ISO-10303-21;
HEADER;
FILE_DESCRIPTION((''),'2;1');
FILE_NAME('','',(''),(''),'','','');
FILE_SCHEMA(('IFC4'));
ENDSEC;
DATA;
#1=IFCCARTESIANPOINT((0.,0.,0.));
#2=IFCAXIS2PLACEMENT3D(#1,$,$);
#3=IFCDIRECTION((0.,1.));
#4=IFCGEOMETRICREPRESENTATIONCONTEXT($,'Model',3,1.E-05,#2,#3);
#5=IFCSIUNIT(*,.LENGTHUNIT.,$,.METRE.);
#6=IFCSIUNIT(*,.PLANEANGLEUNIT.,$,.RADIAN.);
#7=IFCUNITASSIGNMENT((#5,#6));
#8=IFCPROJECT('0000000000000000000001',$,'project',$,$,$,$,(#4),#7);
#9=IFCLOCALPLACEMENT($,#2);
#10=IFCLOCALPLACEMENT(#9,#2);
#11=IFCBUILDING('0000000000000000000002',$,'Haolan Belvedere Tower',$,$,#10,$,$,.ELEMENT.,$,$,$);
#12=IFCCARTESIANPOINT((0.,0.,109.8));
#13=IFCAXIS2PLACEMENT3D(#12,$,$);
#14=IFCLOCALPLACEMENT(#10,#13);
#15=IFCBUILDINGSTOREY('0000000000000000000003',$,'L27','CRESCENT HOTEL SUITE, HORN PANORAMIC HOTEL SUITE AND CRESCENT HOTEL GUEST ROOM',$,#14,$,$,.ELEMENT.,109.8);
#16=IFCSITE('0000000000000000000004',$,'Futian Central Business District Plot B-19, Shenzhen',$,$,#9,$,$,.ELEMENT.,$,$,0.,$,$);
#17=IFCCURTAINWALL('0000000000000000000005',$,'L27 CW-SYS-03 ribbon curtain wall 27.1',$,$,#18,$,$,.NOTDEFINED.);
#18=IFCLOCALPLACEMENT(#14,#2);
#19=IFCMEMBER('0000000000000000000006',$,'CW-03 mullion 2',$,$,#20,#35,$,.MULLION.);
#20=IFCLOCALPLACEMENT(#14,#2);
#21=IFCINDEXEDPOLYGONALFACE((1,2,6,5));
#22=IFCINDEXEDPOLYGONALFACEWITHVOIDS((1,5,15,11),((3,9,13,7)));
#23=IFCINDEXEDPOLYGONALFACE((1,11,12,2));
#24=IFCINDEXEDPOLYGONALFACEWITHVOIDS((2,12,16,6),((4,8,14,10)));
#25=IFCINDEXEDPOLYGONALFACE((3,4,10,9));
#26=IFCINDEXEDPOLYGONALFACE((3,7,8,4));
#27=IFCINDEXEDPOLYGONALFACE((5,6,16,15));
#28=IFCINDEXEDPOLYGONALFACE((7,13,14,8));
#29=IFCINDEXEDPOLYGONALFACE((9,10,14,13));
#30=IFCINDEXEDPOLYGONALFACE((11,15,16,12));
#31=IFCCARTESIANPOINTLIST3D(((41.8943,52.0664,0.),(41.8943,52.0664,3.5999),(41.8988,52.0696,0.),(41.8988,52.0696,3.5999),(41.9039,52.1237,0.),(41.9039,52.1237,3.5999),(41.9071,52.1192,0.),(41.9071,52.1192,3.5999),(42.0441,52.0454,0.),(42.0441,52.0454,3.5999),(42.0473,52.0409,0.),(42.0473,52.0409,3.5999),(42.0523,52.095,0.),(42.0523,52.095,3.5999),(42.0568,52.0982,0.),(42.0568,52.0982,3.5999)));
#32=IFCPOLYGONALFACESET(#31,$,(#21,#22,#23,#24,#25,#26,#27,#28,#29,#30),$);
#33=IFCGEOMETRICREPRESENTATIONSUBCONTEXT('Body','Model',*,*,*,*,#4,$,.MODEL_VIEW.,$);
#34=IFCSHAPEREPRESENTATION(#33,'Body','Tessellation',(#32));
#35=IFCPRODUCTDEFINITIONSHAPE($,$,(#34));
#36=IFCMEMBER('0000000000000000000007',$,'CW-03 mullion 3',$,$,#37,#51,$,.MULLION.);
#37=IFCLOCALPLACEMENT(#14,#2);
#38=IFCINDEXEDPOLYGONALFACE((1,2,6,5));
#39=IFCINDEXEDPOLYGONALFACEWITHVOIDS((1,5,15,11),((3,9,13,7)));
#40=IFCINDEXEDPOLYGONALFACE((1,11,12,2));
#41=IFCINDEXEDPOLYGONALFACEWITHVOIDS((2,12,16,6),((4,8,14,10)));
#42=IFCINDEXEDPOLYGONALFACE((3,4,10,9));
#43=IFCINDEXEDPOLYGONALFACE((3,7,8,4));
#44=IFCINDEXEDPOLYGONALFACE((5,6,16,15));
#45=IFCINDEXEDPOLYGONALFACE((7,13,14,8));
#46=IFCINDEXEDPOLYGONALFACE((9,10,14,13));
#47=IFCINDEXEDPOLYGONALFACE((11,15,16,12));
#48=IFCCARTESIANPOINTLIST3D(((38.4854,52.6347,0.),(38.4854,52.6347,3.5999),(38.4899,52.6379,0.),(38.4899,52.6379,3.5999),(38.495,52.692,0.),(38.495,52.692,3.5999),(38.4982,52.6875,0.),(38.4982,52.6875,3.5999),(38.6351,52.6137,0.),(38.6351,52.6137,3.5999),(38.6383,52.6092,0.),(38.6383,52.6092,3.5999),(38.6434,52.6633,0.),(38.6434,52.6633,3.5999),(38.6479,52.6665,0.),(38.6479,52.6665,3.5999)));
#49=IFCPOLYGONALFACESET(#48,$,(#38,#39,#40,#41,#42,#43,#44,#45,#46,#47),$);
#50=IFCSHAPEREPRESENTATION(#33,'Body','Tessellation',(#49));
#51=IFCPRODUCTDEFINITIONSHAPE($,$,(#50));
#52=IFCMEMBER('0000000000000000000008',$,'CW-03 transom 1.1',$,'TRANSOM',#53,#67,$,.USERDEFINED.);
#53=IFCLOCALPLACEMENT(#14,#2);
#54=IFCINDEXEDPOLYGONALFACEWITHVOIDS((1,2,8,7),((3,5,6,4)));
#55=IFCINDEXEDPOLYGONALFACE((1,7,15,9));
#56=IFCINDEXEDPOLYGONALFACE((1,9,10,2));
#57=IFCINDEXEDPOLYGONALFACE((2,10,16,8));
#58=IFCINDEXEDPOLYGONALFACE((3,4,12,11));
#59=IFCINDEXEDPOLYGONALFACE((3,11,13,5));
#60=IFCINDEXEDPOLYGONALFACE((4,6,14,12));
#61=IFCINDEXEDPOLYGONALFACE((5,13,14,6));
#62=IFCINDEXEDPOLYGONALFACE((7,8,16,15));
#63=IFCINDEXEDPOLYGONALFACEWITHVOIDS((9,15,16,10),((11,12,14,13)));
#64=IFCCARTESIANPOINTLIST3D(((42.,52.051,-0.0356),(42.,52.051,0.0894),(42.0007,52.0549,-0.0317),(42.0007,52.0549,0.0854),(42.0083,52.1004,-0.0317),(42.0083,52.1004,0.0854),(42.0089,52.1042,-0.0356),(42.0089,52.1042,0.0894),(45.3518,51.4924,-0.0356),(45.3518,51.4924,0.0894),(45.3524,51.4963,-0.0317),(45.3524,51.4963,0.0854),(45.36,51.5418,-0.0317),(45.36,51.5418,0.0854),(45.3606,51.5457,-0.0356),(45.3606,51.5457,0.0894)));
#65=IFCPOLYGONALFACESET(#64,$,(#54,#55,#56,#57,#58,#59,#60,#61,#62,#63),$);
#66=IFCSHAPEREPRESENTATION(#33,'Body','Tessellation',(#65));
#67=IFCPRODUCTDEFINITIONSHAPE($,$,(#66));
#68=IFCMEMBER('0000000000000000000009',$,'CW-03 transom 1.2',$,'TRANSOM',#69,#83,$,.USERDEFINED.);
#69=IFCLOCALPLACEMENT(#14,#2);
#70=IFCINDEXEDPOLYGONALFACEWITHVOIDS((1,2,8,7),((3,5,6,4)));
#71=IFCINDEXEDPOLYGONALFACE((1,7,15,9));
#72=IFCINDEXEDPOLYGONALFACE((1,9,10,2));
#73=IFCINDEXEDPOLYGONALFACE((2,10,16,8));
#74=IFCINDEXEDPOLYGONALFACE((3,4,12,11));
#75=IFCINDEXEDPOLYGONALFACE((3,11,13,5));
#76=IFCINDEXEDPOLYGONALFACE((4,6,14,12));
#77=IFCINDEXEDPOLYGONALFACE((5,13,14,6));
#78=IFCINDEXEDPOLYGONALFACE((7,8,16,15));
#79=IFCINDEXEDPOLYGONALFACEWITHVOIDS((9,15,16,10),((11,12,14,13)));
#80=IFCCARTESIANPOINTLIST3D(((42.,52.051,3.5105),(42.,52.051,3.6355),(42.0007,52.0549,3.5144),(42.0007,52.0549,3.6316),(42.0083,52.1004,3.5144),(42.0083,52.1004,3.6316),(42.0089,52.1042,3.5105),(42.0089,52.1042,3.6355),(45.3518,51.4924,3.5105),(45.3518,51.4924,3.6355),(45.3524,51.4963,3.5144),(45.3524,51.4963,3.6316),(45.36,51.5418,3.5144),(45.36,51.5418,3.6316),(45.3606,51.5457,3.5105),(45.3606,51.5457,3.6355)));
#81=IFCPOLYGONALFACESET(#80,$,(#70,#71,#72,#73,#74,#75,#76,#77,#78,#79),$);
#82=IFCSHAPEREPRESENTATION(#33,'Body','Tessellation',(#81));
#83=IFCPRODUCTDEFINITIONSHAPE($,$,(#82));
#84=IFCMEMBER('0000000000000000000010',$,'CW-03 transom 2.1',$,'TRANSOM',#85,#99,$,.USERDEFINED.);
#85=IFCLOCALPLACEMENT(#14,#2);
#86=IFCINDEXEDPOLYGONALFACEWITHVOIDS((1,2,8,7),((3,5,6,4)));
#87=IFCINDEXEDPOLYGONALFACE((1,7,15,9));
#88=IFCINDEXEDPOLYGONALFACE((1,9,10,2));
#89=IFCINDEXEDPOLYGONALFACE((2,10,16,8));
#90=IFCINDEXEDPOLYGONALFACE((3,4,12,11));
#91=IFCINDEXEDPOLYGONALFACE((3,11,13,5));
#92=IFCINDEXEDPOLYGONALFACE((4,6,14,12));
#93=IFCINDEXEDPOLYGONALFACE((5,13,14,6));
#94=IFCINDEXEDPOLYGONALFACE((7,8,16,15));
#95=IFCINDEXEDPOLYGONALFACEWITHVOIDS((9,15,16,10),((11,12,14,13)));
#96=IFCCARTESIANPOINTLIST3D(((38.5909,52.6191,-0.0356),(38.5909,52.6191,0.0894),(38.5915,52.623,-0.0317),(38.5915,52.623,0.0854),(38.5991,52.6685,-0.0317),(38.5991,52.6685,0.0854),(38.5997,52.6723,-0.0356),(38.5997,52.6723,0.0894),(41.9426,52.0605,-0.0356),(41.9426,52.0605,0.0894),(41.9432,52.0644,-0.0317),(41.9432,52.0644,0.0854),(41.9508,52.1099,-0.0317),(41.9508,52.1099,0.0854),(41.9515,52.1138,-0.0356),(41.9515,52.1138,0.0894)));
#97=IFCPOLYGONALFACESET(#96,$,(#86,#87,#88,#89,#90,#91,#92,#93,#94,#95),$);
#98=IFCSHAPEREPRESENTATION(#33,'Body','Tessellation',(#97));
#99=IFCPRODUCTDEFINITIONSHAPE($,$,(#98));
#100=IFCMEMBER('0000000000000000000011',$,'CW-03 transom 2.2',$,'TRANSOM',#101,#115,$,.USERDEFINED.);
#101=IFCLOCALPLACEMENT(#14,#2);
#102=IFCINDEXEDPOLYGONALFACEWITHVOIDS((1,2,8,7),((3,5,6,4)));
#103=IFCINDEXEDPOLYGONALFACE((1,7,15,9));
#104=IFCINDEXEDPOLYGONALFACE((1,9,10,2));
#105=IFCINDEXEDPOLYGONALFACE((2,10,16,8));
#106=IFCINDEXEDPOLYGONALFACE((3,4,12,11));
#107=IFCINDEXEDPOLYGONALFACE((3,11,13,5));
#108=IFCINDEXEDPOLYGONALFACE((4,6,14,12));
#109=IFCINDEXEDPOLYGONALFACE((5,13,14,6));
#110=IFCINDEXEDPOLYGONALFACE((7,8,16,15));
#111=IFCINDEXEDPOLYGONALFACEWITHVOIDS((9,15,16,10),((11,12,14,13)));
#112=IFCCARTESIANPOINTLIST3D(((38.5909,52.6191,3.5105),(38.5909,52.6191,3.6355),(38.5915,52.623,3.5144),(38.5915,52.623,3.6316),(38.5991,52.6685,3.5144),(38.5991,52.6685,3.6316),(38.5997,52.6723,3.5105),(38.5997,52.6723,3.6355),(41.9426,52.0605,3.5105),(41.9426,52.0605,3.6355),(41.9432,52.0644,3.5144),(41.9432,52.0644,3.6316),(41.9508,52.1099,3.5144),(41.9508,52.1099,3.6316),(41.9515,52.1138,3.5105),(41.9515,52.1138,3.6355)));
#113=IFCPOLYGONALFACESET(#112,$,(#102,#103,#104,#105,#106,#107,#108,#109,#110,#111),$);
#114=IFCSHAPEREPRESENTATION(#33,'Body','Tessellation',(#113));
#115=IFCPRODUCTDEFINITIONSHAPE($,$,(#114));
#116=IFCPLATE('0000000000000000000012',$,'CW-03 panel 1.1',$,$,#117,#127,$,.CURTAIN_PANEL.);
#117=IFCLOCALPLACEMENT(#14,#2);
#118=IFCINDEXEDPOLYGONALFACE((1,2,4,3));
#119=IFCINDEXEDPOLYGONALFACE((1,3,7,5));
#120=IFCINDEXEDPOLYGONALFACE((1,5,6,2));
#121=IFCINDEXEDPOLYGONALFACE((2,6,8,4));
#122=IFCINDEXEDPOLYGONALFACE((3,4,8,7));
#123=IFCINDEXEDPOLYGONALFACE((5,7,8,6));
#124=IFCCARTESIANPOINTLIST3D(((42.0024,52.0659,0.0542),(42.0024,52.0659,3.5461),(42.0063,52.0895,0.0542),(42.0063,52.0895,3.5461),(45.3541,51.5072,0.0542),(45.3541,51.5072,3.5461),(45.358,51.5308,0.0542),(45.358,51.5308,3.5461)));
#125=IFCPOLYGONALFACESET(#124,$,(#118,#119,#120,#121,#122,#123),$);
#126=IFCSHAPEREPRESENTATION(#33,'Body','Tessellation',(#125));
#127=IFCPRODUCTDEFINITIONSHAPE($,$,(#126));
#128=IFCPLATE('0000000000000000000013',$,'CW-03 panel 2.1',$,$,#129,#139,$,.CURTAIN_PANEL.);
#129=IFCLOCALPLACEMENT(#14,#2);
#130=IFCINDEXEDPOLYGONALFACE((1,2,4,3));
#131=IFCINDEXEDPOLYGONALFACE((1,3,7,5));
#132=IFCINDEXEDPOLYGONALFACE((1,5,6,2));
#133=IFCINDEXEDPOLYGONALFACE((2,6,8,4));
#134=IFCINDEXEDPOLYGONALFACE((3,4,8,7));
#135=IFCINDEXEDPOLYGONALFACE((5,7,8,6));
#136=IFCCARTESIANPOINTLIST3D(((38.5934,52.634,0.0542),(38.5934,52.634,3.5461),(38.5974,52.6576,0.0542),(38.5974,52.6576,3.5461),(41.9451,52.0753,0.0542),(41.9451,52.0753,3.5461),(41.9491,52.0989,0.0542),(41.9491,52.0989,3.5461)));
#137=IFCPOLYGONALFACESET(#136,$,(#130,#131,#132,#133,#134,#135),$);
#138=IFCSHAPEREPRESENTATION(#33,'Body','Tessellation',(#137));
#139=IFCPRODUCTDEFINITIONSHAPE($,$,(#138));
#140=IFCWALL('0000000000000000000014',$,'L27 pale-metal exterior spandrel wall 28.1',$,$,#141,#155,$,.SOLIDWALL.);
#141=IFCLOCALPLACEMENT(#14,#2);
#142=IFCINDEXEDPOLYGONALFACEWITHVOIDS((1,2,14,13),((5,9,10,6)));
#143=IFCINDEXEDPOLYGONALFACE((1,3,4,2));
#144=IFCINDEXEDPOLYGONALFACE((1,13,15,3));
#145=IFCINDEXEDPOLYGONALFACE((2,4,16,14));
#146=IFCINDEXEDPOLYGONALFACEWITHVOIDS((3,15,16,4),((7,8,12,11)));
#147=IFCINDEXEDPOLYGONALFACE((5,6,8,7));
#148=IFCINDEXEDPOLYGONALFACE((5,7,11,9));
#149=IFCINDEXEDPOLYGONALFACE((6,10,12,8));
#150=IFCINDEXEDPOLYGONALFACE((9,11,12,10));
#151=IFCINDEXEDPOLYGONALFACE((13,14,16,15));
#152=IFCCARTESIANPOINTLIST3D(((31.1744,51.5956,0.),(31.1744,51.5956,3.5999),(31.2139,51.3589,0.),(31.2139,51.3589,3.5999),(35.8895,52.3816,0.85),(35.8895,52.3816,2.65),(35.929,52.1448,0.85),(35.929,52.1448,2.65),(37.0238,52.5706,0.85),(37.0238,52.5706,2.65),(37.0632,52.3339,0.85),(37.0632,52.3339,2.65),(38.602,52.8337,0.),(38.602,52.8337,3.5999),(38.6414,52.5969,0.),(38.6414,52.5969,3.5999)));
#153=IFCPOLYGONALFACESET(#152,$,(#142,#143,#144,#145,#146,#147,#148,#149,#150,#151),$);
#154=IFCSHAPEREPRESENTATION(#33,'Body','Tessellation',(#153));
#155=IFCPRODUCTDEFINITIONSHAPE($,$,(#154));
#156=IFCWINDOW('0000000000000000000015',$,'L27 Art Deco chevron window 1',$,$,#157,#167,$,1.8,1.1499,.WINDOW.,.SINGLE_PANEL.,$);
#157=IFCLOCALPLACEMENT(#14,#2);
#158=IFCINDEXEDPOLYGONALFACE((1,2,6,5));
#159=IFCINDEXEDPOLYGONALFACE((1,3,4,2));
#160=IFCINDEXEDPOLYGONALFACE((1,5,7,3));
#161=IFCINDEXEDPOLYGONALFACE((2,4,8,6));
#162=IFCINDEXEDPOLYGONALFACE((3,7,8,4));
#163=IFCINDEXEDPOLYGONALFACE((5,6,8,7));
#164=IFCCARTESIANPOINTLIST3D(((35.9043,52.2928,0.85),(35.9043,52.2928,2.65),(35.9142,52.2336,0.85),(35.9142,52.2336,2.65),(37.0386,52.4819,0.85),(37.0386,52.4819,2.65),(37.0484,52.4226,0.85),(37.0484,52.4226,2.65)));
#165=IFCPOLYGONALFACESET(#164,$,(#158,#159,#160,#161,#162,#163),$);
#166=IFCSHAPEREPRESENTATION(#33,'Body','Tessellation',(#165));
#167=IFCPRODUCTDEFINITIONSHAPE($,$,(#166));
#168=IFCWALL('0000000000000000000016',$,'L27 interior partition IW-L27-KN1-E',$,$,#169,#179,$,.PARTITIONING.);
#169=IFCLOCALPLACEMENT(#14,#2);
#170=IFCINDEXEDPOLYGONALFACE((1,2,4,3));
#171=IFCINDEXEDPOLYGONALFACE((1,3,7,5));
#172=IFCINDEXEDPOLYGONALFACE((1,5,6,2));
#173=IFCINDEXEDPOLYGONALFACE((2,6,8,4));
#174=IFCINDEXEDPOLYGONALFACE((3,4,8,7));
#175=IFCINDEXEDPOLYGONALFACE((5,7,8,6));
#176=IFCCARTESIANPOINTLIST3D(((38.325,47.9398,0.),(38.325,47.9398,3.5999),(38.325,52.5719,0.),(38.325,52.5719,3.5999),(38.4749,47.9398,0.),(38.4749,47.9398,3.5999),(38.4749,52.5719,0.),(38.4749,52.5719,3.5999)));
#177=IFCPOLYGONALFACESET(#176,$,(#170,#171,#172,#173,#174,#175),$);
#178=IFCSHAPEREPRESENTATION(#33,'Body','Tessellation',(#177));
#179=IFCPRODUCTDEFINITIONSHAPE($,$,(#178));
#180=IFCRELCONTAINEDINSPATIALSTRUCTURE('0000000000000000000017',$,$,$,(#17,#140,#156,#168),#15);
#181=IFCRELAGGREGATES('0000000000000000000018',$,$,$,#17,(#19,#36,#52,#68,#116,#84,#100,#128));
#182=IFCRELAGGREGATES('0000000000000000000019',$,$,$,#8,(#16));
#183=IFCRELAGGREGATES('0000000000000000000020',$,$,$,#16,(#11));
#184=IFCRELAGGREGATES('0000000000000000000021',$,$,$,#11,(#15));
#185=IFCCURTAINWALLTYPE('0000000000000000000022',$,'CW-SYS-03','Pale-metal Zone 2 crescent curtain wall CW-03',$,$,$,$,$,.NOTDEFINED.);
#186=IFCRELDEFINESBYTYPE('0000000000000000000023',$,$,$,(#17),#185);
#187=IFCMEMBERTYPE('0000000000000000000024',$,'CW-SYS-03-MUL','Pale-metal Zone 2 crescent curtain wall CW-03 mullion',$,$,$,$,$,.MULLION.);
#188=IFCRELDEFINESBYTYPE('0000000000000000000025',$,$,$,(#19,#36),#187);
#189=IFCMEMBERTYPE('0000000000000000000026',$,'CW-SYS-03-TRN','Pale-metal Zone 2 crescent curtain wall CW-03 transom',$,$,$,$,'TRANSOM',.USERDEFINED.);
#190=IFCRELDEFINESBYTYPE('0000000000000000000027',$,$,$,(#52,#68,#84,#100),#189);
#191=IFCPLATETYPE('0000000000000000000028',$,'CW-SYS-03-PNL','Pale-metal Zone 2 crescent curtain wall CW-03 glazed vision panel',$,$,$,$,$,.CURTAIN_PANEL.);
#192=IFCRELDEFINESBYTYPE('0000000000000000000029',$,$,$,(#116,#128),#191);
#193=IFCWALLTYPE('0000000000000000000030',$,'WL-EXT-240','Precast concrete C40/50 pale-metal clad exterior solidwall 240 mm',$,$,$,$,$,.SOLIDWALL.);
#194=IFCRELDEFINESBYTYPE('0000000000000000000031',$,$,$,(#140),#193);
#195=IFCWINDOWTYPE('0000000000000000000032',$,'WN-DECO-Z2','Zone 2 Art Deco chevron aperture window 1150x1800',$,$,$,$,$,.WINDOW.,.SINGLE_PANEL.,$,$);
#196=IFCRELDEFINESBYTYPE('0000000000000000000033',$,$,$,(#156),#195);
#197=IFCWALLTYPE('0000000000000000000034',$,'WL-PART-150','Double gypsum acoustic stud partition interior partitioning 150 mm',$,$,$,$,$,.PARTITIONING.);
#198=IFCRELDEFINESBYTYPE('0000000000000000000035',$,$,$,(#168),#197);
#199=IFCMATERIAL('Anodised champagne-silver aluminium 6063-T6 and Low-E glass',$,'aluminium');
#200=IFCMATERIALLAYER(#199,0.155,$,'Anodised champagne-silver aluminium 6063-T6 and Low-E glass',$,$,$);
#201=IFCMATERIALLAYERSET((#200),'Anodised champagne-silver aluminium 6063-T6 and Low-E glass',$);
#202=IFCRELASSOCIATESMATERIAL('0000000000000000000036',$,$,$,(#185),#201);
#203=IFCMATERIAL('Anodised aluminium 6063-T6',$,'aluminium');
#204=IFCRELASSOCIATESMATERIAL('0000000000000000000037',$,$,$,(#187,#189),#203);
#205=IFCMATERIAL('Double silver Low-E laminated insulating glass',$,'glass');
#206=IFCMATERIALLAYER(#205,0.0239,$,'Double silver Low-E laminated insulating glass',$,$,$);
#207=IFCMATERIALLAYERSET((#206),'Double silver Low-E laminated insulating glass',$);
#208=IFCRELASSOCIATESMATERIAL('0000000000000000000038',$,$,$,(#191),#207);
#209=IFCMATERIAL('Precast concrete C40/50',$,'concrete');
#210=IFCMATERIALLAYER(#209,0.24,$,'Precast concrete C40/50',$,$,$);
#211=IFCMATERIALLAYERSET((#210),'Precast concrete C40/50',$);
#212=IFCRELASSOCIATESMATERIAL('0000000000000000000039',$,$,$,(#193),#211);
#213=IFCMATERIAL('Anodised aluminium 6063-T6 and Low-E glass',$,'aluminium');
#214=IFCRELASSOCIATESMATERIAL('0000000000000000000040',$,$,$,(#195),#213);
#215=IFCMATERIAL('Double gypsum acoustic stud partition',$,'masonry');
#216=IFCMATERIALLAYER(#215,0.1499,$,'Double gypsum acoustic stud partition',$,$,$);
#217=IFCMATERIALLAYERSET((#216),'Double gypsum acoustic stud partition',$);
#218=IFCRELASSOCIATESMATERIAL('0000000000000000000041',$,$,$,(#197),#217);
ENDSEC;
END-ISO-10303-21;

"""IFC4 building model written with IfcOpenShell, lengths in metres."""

from ifc_helpers import new_model, si_unit, direction, frame, frame_2d, origin, origin_2d, place, context, subcontext, project, spatial, rectangle, hollow_rectangle, extrude, material, layer, layer_set, material_profile, profile_set, type_object, element, fill, aggregate, save


model = new_model("IFC4")

# Units and contexts
model_context = context("Model", 3, precision=1e-05, world=origin(), true_north=direction((0.0, 1.0)))
body_context = subcontext(model_context, "Body", "Model", "MODEL_VIEW")
ifc_project = project(units=[si_unit("LENGTHUNIT", "METRE"), si_unit("PLANEANGLEUNIT", "RADIAN")], contexts=[model_context])

# Site, building, storey
site_placement = place(None, origin())
site = spatial("IfcSite", under=ifc_project, at=site_placement, Name="Futian Central Business District Plot B-19, Shenzhen", CompositionType="ELEMENT", RefElevation=0.0)
building_placement = place(site_placement, origin())
building = spatial("IfcBuilding", under=site, at=building_placement, Name="Haolan Belvedere Tower", CompositionType="ELEMENT")
storey_placement = place(building_placement, frame((0.0, 0.0, 109.8)))
storey = spatial("IfcBuildingStorey", under=building, at=storey_placement, Name="L27", Description="CRESCENT HOTEL SUITE, HORN PANORAMIC HOTEL SUITE AND CRESCENT HOTEL GUEST ROOM", CompositionType="ELEMENT", Elevation=109.8)

# Curtain wall, members, plates
ifc_material_1 = material(Name="Anodised champagne-silver aluminium 6063-T6 and Low-E glass", Category="aluminium")
ifc_layer_1 = layer(ifc_material_1, 0.155, Name="Anodised champagne-silver aluminium 6063-T6 and Low-E glass")
ifc_layer_set_1 = layer_set([ifc_layer_1], Name="Anodised champagne-silver aluminium 6063-T6 and Low-E glass")
curtain_wall_type = type_object("IfcCurtainWallType", Name="CW-SYS-03", Description="Pale-metal Zone 2 crescent curtain wall CW-03", PredefinedType="NOTDEFINED", material=ifc_layer_set_1)
curtain_wall_placement = place(storey_placement, origin())
curtain_wall = element("IfcCurtainWall", 1, at=curtain_wall_placement, inside=storey, type_object=curtain_wall_type, Name="L27 CW-SYS-03 ribbon curtain wall 27.1", PredefinedType="NOTDEFINED")
ifc_material_2 = material(Name="Anodised aluminium 6063-T6", Category="aluminium")
ifc_material_profile_1 = material_profile(ifc_material_2, hollow_rectangle(XDim=0.0581, YDim=0.155, WallThickness=0.0039, at=origin_2d()), Name="Anodised aluminium 6063-T6")
ifc_profile_set_1 = profile_set([ifc_material_profile_1], Name="Anodised aluminium 6063-T6")
member_type_1 = type_object("IfcMemberType", Name="CW-SYS-03-MUL", Description="Pale-metal Zone 2 crescent curtain wall CW-03 mullion", PredefinedType="MULLION", material=ifc_profile_set_1)
member_1_placement = place(storey_placement, frame((41.9756, 52.0823, 0.0), z_axis=(0.0, 0.0, 1.0), x_axis=(-0.164404, -0.986393, 0.0)))
member_1 = element("IfcMember", 2, at=member_1_placement, type_object=member_type_1, Name="CW-03 mullion 2", PredefinedType="MULLION", context=body_context, shape_type="SweptSolid", body=[
    extrude(hollow_rectangle(XDim=0.0581, YDim=0.155, WallThickness=0.0039, at=origin_2d()), origin(), (0.0, 0.0, 1.0), 3.5999),
])
member_2_placement = place(storey_placement, frame((38.5667, 52.6506, 0.0), z_axis=(0.0, 0.0, 1.0), x_axis=(-0.164404, -0.986393, 0.0)))
member_2 = element("IfcMember", 3, at=member_2_placement, type_object=member_type_1, Name="CW-03 mullion 3", PredefinedType="MULLION", context=body_context, shape_type="SweptSolid", body=[
    extrude(hollow_rectangle(XDim=0.0581, YDim=0.155, WallThickness=0.0039, at=origin_2d()), origin(), (0.0, 0.0, 1.0), 3.5999),
])
ifc_material_profile_2 = material_profile(ifc_material_2, hollow_rectangle(XDim=0.054, YDim=0.125, WallThickness=0.0039, at=origin_2d()), Name="Anodised aluminium 6063-T6")
ifc_profile_set_2 = profile_set([ifc_material_profile_2], Name="Anodised aluminium 6063-T6")
member_type_2 = type_object("IfcMemberType", Name="CW-SYS-03-TRN", Description="Pale-metal Zone 2 crescent curtain wall CW-03 transom", ElementType="TRANSOM", PredefinedType="USERDEFINED", material=ifc_profile_set_2)
member_3_placement = place(storey_placement, frame((45.3562, 51.519, 0.0269), z_axis=(-0.986396, 0.164387, 0.0), x_axis=(-0.164387, -0.986396, 0.0)))
member_3 = element("IfcMember", 4, at=member_3_placement, type_object=member_type_2, Name="CW-03 transom 1.1", ObjectType="TRANSOM", PredefinedType="USERDEFINED", context=body_context, shape_type="SweptSolid", body=[
    extrude(hollow_rectangle(XDim=0.054, YDim=0.125, WallThickness=0.0039, at=origin_2d()), origin(), (0.0, 0.0, 1.0), 3.3979),
])
member_4_placement = place(storey_placement, frame((45.3562, 51.519, 3.573), z_axis=(-0.986396, 0.164387, 0.0), x_axis=(-0.164387, -0.986396, 0.0)))
member_4 = element("IfcMember", 5, at=member_4_placement, type_object=member_type_2, Name="CW-03 transom 1.2", ObjectType="TRANSOM", PredefinedType="USERDEFINED", context=body_context, shape_type="SweptSolid", body=[
    extrude(hollow_rectangle(XDim=0.054, YDim=0.125, WallThickness=0.0039, at=origin_2d()), origin(), (0.0, 0.0, 1.0), 3.3979),
])
member_5_placement = place(storey_placement, frame((41.947, 52.0872, 0.0269), z_axis=(-0.986396, 0.164387, 0.0), x_axis=(-0.164387, -0.986396, 0.0)))
member_5 = element("IfcMember", 6, at=member_5_placement, type_object=member_type_2, Name="CW-03 transom 2.1", ObjectType="TRANSOM", PredefinedType="USERDEFINED", context=body_context, shape_type="SweptSolid", body=[
    extrude(hollow_rectangle(XDim=0.054, YDim=0.125, WallThickness=0.0039, at=origin_2d()), origin(), (0.0, 0.0, 1.0), 3.3979),
])
member_6_placement = place(storey_placement, frame((41.947, 52.0872, 3.573), z_axis=(-0.986396, 0.164387, 0.0), x_axis=(-0.164387, -0.986396, 0.0)))
member_6 = element("IfcMember", 7, at=member_6_placement, type_object=member_type_2, Name="CW-03 transom 2.2", ObjectType="TRANSOM", PredefinedType="USERDEFINED", context=body_context, shape_type="SweptSolid", body=[
    extrude(hollow_rectangle(XDim=0.054, YDim=0.125, WallThickness=0.0039, at=origin_2d()), origin(), (0.0, 0.0, 1.0), 3.3979),
])
ifc_material_3 = material(Name="Double silver Low-E laminated insulating glass", Category="glass")
ifc_layer_2 = layer(ifc_material_3, 0.0239, Name="Double silver Low-E laminated insulating glass")
ifc_layer_set_2 = layer_set([ifc_layer_2], Name="Double silver Low-E laminated insulating glass")
plate_type = type_object("IfcPlateType", Name="CW-SYS-03-PNL", Description="Pale-metal Zone 2 crescent curtain wall CW-03 glazed vision panel", PredefinedType="CURTAIN_PANEL", material=ifc_layer_set_2)
plate_1_placement = place(storey_placement, frame((43.6802, 51.7983, 0.0542), z_axis=(0.0, 0.0, 1.0), x_axis=(-0.986393, 0.164404, 0.0)))
plate_1 = element("IfcPlate", 8, at=plate_1_placement, type_object=plate_type, Name="CW-03 panel 1.1", PredefinedType="CURTAIN_PANEL", context=body_context, shape_type="SweptSolid", body=[
    extrude(rectangle(XDim=3.3979, YDim=0.0239, at=origin_2d()), origin(), (0.0, 0.0, 1.0), 3.4919),
])
plate_2_placement = place(storey_placement, frame((40.2712, 52.3665, 0.0542), z_axis=(0.0, 0.0, 1.0), x_axis=(-0.986393, 0.164404, 0.0)))
plate_2 = element("IfcPlate", 9, at=plate_2_placement, type_object=plate_type, Name="CW-03 panel 2.1", PredefinedType="CURTAIN_PANEL", context=body_context, shape_type="SweptSolid", body=[
    extrude(rectangle(XDim=3.3979, YDim=0.0239, at=origin_2d()), origin(), (0.0, 0.0, 1.0), 3.4919),
])
aggregate(curtain_wall, [member_1, member_2, member_3, member_4, plate_1, member_5, member_6, plate_2])

# Wall, opening, window
ifc_material_4 = material(Name="Precast concrete C40/50", Category="concrete")
ifc_layer_3 = layer(ifc_material_4, 0.24, Name="Precast concrete C40/50")
ifc_layer_set_3 = layer_set([ifc_layer_3], Name="Precast concrete C40/50")
wall_type_1 = type_object("IfcWallType", Name="WL-EXT-240", Description="Precast concrete C40/50 pale-metal clad exterior solidwall 240 mm", PredefinedType="SOLIDWALL", material=ifc_layer_set_3)
wall_1_placement = place(storey_placement, frame((38.6218, 52.7153, 0.0), z_axis=(0.0, 0.0, 1.0), x_axis=(-0.986391, -0.164415, 0.0)))
wall_1 = element("IfcWall", 10, at=wall_1_placement, inside=storey, type_object=wall_type_1, Name="L27 pale-metal exterior spandrel wall 28.1", PredefinedType="SOLIDWALL", context=body_context, shape_type="SweptSolid", body=[
    extrude(rectangle(XDim=7.53, YDim=0.24, at=frame_2d((3.7651, 0.0))), origin(), (0.0, 0.0, 1.0), 3.5999),
])
opening_1_placement = place(wall_1_placement, frame((1.6001, 0.0, 0.8501)))
opening_1 = element("IfcOpeningElement", 11, at=opening_1_placement, cuts=wall_1, PredefinedType="OPENING", context=body_context, shape_type="SweptSolid", body=[
    extrude(rectangle(XDim=1.1499, YDim=1.8, at=frame_2d((0.575, 0.8999))), frame((0.0, 0.1299, 0.0), z_axis=(0.0, -1.0, 0.0), x_axis=(1.0, 0.0, 0.0)), (0.0, 0.0, 1.0), 0.26),
])
ifc_material_5 = material(Name="Anodised aluminium 6063-T6 and Low-E glass", Category="aluminium")
window_type = type_object("IfcWindowType", Name="WN-DECO-Z2", Description="Zone 2 Art Deco chevron aperture window 1150x1800", PartitioningType="SINGLE_PANEL", PredefinedType="WINDOW", material=ifc_material_5)
window_placement = place(opening_1_placement, origin())
window = element("IfcWindow", 12, at=window_placement, inside=storey, type_object=window_type, Name="L27 Art Deco chevron window 1", OverallHeight=1.8, OverallWidth=1.1499, PartitioningType="SINGLE_PANEL", PredefinedType="WINDOW", context=body_context, shape_type="SweptSolid", body=[
    extrude(rectangle(XDim=1.1499, YDim=1.8, at=frame_2d((0.575, 0.8999))), frame((0.0, 0.03, 0.0), z_axis=(0.0, -1.0, 0.0), x_axis=(1.0, 0.0, 0.0)), (0.0, 0.0, 1.0), 0.0601),
])
fill(opening_1, window)

# Wall
ifc_material_6 = material(Name="Double gypsum acoustic stud partition", Category="masonry")
ifc_layer_4 = layer(ifc_material_6, 0.1499, Name="Double gypsum acoustic stud partition")
ifc_layer_set_4 = layer_set([ifc_layer_4], Name="Double gypsum acoustic stud partition")
wall_type_2 = type_object("IfcWallType", Name="WL-PART-150", Description="Double gypsum acoustic stud partition interior partitioning 150 mm", PredefinedType="PARTITIONING", material=ifc_layer_set_4)
wall_2_placement = place(storey_placement, frame((38.3999, 47.9399, 0.0), z_axis=(0.0, 0.0, 1.0), x_axis=(0.0, 1.0, 0.0)))
element("IfcWall", 13, at=wall_2_placement, inside=storey, type_object=wall_type_2, Name="L27 interior partition IW-L27-KN1-E", PredefinedType="PARTITIONING", context=body_context, shape_type="SweptSolid", body=[
    extrude(rectangle(XDim=4.6321, YDim=0.1499, at=frame_2d((2.3159, 0.0))), origin(), (0.0, 0.0, 1.0), 3.5999),
])

save(model, "model.ifc")
